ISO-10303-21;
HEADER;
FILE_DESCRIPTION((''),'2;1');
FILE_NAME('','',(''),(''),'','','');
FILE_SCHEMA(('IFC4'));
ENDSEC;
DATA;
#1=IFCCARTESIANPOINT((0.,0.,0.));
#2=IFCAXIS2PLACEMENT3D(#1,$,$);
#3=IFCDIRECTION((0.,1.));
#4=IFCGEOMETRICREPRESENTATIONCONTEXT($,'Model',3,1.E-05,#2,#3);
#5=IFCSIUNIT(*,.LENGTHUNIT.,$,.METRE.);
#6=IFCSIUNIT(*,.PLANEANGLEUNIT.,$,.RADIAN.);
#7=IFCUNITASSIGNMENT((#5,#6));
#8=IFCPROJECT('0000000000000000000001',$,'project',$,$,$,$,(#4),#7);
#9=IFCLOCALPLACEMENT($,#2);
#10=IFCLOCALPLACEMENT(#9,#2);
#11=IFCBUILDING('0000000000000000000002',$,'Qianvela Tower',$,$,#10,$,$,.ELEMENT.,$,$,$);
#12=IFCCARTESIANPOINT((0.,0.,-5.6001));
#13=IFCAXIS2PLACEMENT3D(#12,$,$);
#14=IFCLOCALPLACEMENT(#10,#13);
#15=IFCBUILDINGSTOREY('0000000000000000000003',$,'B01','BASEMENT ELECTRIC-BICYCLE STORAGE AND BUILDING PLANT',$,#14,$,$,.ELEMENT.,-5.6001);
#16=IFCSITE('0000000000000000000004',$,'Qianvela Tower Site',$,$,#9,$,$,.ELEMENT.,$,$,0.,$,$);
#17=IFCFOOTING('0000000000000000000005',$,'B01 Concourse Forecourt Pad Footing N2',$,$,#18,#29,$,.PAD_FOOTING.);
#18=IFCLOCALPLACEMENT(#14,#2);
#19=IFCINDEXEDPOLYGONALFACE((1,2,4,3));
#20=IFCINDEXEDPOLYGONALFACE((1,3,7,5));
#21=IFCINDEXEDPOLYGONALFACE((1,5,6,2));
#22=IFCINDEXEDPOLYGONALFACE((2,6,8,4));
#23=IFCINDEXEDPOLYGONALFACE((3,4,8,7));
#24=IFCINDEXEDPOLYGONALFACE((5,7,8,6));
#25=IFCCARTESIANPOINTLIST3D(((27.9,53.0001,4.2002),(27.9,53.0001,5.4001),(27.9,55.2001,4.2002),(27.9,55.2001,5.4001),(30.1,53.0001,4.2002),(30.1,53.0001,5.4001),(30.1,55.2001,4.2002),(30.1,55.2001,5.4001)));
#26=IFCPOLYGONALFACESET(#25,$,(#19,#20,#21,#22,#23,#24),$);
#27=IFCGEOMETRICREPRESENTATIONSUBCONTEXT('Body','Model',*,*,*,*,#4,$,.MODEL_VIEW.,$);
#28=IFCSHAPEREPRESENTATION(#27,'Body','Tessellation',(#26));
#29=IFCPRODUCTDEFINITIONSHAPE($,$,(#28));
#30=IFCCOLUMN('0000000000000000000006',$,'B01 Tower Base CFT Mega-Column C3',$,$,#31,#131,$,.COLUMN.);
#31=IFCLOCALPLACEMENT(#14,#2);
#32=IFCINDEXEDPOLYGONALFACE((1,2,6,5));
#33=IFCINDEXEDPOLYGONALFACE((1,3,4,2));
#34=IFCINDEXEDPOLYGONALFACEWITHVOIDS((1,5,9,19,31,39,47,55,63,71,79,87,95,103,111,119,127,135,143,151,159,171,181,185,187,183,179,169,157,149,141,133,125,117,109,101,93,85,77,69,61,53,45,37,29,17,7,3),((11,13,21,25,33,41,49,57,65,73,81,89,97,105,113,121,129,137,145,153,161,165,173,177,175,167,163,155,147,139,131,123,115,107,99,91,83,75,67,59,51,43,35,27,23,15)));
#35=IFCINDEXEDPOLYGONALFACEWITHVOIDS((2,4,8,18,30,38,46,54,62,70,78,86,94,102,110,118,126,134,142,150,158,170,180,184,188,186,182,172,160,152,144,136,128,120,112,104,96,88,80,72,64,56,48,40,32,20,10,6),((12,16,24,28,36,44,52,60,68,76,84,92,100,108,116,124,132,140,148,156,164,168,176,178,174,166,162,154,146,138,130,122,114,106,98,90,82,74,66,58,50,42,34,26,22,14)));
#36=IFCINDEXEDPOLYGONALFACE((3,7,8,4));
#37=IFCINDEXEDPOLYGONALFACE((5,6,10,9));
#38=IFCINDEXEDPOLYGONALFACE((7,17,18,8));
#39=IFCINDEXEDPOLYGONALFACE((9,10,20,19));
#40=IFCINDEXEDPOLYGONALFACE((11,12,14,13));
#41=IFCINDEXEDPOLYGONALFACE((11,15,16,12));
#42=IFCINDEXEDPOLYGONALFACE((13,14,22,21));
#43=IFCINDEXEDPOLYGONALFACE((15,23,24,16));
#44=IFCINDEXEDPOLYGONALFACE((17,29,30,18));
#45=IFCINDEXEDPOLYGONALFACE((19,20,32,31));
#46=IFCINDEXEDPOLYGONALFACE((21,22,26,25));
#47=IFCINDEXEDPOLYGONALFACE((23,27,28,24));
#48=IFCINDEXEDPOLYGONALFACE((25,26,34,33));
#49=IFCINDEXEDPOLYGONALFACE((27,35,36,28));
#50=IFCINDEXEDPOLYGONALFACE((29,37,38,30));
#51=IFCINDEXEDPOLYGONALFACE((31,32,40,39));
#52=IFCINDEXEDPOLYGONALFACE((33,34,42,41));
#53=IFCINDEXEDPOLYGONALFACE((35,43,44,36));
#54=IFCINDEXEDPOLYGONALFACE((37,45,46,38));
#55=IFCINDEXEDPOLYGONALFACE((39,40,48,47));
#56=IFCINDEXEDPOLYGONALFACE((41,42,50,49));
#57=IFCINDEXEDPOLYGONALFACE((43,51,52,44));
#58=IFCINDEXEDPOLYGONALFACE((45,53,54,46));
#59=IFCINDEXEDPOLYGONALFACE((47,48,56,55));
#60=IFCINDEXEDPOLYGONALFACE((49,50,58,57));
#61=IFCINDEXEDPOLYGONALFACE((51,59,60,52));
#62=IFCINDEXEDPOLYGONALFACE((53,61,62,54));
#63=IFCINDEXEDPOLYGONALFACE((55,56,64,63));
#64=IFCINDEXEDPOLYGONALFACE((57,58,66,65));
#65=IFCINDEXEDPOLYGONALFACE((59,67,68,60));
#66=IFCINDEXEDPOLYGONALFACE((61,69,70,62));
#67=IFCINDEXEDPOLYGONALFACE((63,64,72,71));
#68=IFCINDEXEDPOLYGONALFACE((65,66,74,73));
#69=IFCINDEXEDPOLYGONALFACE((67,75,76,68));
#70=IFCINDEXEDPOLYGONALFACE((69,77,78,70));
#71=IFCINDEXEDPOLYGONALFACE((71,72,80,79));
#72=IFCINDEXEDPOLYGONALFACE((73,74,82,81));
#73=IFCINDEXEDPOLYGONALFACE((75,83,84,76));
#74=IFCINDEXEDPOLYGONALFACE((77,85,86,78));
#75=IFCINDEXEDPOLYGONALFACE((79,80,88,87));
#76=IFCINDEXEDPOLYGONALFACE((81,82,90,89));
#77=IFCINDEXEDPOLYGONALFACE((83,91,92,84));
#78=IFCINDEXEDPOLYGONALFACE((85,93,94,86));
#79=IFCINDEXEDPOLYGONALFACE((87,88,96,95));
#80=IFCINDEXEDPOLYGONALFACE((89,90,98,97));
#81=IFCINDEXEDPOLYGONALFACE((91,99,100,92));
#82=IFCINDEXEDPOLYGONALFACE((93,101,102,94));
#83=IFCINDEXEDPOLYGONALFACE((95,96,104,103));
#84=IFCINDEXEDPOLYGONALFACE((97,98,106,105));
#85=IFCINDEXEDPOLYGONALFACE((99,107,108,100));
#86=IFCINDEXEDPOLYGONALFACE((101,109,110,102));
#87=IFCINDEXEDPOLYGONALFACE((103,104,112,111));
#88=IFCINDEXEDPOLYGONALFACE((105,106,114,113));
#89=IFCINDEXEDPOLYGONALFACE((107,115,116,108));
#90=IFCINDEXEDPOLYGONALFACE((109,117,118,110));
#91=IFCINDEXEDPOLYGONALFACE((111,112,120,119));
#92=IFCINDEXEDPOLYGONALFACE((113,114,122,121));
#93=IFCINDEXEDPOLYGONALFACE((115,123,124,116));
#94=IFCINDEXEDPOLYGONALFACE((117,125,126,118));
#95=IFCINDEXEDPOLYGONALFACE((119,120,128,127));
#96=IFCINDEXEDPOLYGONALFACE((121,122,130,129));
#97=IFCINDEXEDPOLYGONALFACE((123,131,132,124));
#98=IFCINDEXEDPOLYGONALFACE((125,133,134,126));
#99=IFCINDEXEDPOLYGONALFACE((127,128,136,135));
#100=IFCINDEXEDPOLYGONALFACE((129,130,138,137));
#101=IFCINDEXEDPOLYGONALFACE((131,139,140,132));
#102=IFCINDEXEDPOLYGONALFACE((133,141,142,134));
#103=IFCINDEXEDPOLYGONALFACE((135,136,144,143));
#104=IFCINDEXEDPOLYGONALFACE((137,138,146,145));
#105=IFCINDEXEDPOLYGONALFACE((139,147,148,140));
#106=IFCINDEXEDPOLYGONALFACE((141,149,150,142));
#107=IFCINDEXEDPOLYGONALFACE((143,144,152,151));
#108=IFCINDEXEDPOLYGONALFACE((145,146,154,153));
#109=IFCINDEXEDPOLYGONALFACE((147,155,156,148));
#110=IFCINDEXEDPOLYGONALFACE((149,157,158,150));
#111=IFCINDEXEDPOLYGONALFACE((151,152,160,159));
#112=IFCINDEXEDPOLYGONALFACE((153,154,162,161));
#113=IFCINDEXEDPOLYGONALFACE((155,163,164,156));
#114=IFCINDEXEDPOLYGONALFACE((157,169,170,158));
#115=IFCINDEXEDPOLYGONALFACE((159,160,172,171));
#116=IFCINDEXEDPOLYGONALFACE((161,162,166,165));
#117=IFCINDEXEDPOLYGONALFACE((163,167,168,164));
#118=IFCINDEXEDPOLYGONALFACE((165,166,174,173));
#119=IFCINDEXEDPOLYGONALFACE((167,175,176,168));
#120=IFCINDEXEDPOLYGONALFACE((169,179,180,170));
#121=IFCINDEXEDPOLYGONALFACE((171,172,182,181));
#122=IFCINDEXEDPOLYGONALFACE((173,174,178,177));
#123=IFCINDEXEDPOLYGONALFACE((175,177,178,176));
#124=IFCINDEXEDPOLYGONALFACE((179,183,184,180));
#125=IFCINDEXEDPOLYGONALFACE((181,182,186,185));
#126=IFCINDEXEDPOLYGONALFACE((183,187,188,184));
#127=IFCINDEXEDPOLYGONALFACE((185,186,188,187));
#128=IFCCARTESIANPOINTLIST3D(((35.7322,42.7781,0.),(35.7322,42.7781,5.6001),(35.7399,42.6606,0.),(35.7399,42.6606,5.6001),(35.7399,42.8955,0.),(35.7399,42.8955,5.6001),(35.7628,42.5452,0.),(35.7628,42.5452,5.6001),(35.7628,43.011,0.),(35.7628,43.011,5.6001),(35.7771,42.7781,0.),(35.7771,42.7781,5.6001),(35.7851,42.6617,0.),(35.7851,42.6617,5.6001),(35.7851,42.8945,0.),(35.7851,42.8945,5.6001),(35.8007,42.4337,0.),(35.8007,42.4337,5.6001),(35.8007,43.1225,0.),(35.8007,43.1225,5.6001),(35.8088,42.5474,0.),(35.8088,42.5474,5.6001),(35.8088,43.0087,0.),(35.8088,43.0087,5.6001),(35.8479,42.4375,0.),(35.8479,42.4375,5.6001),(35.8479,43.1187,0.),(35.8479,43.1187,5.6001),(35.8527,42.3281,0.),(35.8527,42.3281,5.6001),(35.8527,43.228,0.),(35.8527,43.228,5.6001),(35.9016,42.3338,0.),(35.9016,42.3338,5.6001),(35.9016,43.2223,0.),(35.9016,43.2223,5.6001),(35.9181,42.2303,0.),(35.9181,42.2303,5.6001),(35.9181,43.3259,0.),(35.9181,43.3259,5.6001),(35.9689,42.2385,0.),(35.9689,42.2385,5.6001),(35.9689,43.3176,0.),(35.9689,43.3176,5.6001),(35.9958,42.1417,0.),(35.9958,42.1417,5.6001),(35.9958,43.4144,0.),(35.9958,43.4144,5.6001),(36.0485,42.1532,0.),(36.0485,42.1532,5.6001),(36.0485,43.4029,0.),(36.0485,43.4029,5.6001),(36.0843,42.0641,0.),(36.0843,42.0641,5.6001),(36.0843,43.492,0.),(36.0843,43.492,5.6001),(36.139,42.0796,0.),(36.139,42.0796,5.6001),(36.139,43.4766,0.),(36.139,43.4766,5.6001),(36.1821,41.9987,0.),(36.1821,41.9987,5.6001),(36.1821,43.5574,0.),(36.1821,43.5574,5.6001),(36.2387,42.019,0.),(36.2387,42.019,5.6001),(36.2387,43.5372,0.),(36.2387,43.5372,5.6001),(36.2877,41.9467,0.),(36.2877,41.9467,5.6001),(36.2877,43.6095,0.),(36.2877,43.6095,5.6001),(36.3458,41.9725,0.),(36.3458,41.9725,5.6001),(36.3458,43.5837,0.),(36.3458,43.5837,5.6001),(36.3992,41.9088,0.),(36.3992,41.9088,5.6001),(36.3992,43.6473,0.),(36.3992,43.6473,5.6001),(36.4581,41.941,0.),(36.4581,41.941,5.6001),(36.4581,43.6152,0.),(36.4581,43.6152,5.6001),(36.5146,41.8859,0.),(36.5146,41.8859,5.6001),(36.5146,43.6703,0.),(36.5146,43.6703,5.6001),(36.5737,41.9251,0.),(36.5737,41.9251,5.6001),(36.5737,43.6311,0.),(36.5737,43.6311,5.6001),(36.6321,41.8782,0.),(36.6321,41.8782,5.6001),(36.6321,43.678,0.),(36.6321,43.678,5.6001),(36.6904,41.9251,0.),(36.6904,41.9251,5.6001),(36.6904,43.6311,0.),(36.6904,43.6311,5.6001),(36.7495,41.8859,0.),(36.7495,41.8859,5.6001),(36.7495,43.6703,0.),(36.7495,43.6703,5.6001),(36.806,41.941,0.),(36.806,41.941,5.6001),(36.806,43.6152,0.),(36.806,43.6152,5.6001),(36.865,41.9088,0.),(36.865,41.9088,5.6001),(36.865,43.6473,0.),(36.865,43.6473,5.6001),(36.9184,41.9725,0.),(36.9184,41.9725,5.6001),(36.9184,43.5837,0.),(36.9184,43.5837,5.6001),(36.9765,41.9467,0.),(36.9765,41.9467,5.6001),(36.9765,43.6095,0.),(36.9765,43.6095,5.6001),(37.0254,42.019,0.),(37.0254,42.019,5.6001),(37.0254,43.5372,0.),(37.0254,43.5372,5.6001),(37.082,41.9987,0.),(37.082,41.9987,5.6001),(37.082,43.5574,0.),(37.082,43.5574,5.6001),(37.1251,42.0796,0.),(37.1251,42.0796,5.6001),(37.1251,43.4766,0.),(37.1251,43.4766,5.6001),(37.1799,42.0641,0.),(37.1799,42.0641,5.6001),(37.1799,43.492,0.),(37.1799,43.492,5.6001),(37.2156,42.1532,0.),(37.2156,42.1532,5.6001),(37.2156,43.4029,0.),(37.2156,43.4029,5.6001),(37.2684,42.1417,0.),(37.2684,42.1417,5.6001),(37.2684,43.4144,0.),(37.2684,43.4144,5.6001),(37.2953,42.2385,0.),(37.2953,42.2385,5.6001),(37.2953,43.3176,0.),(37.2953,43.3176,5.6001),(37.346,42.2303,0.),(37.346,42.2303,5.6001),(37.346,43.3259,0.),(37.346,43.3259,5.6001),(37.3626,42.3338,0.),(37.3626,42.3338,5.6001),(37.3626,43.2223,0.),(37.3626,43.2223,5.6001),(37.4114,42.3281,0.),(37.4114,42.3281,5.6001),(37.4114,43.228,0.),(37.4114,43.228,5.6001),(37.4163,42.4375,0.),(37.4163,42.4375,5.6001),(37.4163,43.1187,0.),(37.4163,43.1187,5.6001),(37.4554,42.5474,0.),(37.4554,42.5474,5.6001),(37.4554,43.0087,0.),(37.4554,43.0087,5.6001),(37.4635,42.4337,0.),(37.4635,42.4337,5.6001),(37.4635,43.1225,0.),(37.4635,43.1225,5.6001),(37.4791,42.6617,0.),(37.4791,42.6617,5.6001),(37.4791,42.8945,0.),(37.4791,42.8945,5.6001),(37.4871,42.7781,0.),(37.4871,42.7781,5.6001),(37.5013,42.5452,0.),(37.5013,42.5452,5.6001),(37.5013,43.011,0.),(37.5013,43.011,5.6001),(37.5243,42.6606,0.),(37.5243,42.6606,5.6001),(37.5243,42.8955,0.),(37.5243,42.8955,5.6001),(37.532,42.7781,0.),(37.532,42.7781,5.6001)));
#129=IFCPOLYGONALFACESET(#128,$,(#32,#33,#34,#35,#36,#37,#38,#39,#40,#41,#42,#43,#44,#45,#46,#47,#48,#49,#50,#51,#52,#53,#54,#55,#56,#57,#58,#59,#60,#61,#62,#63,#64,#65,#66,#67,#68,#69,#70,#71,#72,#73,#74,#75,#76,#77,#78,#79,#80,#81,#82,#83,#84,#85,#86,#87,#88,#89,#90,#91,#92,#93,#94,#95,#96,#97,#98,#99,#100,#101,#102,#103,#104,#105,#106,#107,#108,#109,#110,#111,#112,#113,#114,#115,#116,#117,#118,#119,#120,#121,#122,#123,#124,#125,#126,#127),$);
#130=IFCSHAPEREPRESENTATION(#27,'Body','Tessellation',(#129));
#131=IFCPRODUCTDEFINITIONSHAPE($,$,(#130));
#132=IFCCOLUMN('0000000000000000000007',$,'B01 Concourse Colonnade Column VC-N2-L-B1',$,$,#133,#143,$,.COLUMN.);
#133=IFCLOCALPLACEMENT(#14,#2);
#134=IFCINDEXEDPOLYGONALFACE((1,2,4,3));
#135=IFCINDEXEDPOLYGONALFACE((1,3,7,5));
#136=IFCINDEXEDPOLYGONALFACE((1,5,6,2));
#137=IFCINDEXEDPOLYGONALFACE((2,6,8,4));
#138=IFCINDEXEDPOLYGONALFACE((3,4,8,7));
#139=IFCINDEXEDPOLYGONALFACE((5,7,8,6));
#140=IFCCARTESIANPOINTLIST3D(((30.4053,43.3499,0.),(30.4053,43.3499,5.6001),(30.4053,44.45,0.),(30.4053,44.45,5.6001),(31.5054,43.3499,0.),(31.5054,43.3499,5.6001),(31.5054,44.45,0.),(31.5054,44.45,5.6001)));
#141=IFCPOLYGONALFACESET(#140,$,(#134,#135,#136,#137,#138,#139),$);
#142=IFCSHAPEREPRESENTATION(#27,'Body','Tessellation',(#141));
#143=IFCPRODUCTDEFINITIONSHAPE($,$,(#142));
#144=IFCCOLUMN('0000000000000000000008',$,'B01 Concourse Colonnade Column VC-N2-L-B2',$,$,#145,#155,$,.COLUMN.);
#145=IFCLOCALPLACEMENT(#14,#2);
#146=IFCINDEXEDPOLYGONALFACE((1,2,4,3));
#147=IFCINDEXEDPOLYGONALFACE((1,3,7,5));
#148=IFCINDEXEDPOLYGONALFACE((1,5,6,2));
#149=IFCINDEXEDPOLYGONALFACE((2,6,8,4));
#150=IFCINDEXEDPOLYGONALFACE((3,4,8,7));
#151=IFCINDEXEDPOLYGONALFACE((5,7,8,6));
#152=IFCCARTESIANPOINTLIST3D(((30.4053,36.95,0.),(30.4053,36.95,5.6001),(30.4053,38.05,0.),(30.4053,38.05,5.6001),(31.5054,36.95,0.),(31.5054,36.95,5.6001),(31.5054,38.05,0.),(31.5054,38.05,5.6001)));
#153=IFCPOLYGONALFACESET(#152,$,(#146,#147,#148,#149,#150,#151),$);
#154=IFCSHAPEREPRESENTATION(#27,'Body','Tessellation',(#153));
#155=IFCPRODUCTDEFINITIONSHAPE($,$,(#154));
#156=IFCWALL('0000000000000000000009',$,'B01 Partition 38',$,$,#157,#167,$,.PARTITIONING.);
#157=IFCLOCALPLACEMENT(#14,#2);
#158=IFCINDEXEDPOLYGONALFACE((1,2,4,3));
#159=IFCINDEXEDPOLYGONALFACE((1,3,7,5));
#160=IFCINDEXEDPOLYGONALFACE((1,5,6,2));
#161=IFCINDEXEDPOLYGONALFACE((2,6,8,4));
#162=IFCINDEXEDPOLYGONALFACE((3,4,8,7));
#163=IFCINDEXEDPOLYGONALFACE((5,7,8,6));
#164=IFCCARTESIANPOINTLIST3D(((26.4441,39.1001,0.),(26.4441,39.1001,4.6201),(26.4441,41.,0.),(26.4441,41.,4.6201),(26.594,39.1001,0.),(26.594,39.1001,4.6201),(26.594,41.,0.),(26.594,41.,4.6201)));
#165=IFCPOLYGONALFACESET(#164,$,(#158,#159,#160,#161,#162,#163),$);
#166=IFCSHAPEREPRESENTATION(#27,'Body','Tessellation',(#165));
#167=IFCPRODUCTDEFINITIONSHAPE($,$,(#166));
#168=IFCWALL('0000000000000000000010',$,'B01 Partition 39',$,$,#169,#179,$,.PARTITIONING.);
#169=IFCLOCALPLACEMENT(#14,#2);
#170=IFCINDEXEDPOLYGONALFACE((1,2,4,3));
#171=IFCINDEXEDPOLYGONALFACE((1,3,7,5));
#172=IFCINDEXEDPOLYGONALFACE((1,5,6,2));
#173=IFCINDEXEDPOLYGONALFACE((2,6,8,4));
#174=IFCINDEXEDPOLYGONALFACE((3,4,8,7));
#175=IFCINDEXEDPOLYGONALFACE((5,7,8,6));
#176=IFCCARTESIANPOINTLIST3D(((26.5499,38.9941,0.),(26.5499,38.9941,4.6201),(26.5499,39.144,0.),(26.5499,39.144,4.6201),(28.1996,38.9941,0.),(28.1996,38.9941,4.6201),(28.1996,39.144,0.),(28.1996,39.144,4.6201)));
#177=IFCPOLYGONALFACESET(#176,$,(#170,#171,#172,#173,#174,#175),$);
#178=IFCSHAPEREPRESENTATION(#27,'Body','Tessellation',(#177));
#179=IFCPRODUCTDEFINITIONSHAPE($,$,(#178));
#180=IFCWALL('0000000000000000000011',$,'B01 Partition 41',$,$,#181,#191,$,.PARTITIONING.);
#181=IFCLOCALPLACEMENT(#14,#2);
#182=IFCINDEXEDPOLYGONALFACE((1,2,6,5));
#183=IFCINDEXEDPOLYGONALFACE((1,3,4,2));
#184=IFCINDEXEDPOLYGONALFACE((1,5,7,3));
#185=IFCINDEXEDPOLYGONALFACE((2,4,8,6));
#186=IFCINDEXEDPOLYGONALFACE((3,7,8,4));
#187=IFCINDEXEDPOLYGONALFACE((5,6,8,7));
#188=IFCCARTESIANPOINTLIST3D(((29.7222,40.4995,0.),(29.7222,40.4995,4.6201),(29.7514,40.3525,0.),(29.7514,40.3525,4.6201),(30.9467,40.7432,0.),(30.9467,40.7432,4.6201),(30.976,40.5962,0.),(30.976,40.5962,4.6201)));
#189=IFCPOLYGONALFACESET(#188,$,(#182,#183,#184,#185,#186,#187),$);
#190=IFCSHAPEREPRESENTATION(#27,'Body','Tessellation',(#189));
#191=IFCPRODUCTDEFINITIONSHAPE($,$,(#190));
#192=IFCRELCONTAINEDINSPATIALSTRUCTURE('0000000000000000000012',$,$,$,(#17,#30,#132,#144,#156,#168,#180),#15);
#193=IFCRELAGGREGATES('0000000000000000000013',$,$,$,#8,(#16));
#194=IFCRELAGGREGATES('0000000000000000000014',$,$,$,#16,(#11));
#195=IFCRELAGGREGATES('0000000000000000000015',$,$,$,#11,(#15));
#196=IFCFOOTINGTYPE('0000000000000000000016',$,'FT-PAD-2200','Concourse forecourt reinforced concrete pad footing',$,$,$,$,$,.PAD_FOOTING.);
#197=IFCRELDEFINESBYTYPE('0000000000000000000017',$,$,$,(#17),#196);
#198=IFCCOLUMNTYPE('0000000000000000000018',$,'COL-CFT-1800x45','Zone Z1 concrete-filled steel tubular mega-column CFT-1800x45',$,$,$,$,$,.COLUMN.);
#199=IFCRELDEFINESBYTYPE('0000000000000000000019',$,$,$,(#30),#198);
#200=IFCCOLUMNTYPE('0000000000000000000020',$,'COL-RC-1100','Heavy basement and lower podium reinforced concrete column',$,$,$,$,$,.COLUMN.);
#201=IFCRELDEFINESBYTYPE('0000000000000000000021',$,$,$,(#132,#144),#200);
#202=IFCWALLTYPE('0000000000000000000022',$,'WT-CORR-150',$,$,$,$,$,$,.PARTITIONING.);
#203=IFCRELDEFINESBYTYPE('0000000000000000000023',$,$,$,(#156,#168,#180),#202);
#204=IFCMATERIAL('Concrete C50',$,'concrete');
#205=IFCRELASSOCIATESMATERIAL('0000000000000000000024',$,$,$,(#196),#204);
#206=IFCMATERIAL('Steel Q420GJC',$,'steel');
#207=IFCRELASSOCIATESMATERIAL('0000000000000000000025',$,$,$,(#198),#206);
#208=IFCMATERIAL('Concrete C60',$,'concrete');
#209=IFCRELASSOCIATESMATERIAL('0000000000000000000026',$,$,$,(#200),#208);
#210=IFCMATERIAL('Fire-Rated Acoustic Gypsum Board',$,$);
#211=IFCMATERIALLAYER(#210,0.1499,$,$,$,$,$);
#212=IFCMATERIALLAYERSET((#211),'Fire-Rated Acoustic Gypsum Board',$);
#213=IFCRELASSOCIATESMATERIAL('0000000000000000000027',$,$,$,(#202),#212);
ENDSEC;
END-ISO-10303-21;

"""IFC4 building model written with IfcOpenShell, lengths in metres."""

from ifc_helpers import new_model, si_unit, direction, frame, frame_2d, origin, origin_2d, place, context, subcontext, project, spatial, rectangle, hollow_circle, extrude, material, layer, layer_set, material_profile, profile_set, type_object, element, save


model = new_model("IFC4")

# Units and contexts
model_context = context("Model", 3, precision=1e-05, world=origin(), true_north=direction((0.0, 1.0)))
body_context = subcontext(model_context, "Body", "Model", "MODEL_VIEW")
ifc_project = project(units=[si_unit("LENGTHUNIT", "METRE"), si_unit("PLANEANGLEUNIT", "RADIAN")], contexts=[model_context])

# Site, building, storey
site_placement = place(None, origin())
site = spatial("IfcSite", under=ifc_project, at=site_placement, Name="Qianvela Tower Site", CompositionType="ELEMENT", RefElevation=0.0)
building_placement = place(site_placement, origin())
building = spatial("IfcBuilding", under=site, at=building_placement, Name="Qianvela Tower", CompositionType="ELEMENT")
storey_placement = place(building_placement, frame((0.0, 0.0, -5.6001)))
storey = spatial("IfcBuildingStorey", under=building, at=storey_placement, Name="B01", Description="BASEMENT ELECTRIC-BICYCLE STORAGE AND BUILDING PLANT", CompositionType="ELEMENT", Elevation=-5.6001)

# Footing
ifc_material_1 = material(Name="Concrete C50", Category="concrete")
footing_type = type_object("IfcFootingType", Name="FT-PAD-2200", Description="Concourse forecourt reinforced concrete pad footing", PredefinedType="PAD_FOOTING", material=ifc_material_1)
footing_placement = place(storey_placement, frame((29.0, 54.1001, 4.2002), z_axis=(0.0, 0.0, 1.0), x_axis=(1.0, 0.0, 0.0)))
element("IfcFooting", 1, at=footing_placement, inside=storey, type_object=footing_type, Name="B01 Concourse Forecourt Pad Footing N2", PredefinedType="PAD_FOOTING", context=body_context, shape_type="SweptSolid", body=[
    extrude(rectangle(XDim=2.2, YDim=2.2, at=origin_2d()), origin(), (0.0, 0.0, 1.0), 1.2),
])

# Columns
ifc_material_2 = material(Name="Steel Q420GJC", Category="steel")
ifc_material_profile_1 = material_profile(ifc_material_2, hollow_circle(Radius=0.8999, WallThickness=0.0449, at=origin_2d()), Name="CFT-1800x45")
ifc_profile_set_1 = profile_set([ifc_material_profile_1], Name="Steel Q420GJC")
column_type_1 = type_object("IfcColumnType", Name="COL-CFT-1800x45", Description="Zone Z1 concrete-filled steel tubular mega-column CFT-1800x45", PredefinedType="COLUMN", material=ifc_profile_set_1)
column_placement = place(storey_placement, frame((36.6321, 42.7781, 0.0), z_axis=(0.0, 0.0, 1.0), x_axis=(1.0, 0.0, 0.0)))
element("IfcColumn", 2, at=column_placement, inside=storey, type_object=column_type_1, Name="B01 Tower Base CFT Mega-Column C3", PredefinedType="COLUMN", context=body_context, shape_type="SweptSolid", body=[
    extrude(hollow_circle(Radius=0.8999, WallThickness=0.0449, at=origin_2d()), origin(), (0.0, 0.0, 1.0), 5.6001),
])
ifc_material_3 = material(Name="Concrete C60", Category="concrete")
ifc_material_profile_2 = material_profile(ifc_material_3, rectangle(XDim=1.1001, YDim=1.1001, at=origin_2d()), Name="RC-COL-1100x1100")
ifc_profile_set_2 = profile_set([ifc_material_profile_2], Name="Concrete C60")
column_type_2 = type_object("IfcColumnType", Name="COL-RC-1100", Description="Heavy basement and lower podium reinforced concrete column", PredefinedType="COLUMN", material=ifc_profile_set_2)
for number, where, z_axis, x_axis, name in (
    (3, (30.9553, 43.8999, 0.0), (0.0, 0.0, 1.0), (1.0, 0.0, 0.0), "B01 Concourse Colonnade Column VC-N2-L-B1"),
    (4, (30.9553, 37.5, 0.0), (0.0, 0.0, 1.0), (1.0, 0.0, 0.0), "B01 Concourse Colonnade Column VC-N2-L-B2"),
):
    element("IfcColumn", number, at=place(storey_placement, frame(where, z_axis=z_axis, x_axis=x_axis)), inside=storey, type_object=column_type_2, Name=name, PredefinedType="COLUMN", context=body_context, shape_type="SweptSolid", body=[
        extrude(rectangle(XDim=1.1001, YDim=1.1001, at=origin_2d()), origin(), (0.0, 0.0, 1.0), 5.6001),
    ])

# Walls
ifc_material_4 = material(Name="Fire-Rated Acoustic Gypsum Board")
ifc_layer_1 = layer(ifc_material_4, 0.1499)
ifc_layer_set_1 = layer_set([ifc_layer_1], Name="Fire-Rated Acoustic Gypsum Board")
wall_type_1 = type_object("IfcWallType", Name="WT-CORR-150", PredefinedType="PARTITIONING", material=ifc_layer_set_1)
wall_1_placement = place(storey_placement, frame((26.519, 41.0, 0.0), z_axis=(0.0, 0.0, 1.0), x_axis=(0.0, -1.0, 0.0)))
element("IfcWall", 5, at=wall_1_placement, inside=storey, type_object=wall_type_1, Name="B01 Partition 38", PredefinedType="PARTITIONING", context=body_context, shape_type="SweptSolid", body=[
    extrude(rectangle(XDim=1.8999, YDim=0.1499, at=frame_2d((0.95, 0.0))), origin(), (0.0, 0.0, 1.0), 4.6201),
])
wall_2_placement = place(storey_placement, frame((26.55, 39.0691, 0.0), z_axis=(0.0, 0.0, 1.0), x_axis=(1.0, 0.0, 0.0)))
element("IfcWall", 6, at=wall_2_placement, inside=storey, type_object=wall_type_1, Name="B01 Partition 39", PredefinedType="PARTITIONING", context=body_context, shape_type="SweptSolid", body=[
    extrude(rectangle(XDim=1.6497, YDim=0.1499, at=frame_2d((0.8247, 0.0))), origin(), (0.0, 0.0, 1.0), 4.6201),
])
for number, where, z_axis, x_axis, name in (
    (7, (29.7368, 40.426, 0.0), (0.0, 0.0, 1.0), (0.980776, 0.195138, 0.0), "B01 Partition 41"),
):
    element("IfcWall", number, at=place(storey_placement, frame(where, z_axis=z_axis, x_axis=x_axis)), inside=storey, type_object=wall_type_1, Name=name, PredefinedType="PARTITIONING", context=body_context, shape_type="SweptSolid", body=[
        extrude(rectangle(XDim=1.2485, YDim=0.1499, at=frame_2d((0.6243, 0.0))), origin(), (0.0, 0.0, 1.0), 4.6201),
    ])

save(model, "model.ifc")
